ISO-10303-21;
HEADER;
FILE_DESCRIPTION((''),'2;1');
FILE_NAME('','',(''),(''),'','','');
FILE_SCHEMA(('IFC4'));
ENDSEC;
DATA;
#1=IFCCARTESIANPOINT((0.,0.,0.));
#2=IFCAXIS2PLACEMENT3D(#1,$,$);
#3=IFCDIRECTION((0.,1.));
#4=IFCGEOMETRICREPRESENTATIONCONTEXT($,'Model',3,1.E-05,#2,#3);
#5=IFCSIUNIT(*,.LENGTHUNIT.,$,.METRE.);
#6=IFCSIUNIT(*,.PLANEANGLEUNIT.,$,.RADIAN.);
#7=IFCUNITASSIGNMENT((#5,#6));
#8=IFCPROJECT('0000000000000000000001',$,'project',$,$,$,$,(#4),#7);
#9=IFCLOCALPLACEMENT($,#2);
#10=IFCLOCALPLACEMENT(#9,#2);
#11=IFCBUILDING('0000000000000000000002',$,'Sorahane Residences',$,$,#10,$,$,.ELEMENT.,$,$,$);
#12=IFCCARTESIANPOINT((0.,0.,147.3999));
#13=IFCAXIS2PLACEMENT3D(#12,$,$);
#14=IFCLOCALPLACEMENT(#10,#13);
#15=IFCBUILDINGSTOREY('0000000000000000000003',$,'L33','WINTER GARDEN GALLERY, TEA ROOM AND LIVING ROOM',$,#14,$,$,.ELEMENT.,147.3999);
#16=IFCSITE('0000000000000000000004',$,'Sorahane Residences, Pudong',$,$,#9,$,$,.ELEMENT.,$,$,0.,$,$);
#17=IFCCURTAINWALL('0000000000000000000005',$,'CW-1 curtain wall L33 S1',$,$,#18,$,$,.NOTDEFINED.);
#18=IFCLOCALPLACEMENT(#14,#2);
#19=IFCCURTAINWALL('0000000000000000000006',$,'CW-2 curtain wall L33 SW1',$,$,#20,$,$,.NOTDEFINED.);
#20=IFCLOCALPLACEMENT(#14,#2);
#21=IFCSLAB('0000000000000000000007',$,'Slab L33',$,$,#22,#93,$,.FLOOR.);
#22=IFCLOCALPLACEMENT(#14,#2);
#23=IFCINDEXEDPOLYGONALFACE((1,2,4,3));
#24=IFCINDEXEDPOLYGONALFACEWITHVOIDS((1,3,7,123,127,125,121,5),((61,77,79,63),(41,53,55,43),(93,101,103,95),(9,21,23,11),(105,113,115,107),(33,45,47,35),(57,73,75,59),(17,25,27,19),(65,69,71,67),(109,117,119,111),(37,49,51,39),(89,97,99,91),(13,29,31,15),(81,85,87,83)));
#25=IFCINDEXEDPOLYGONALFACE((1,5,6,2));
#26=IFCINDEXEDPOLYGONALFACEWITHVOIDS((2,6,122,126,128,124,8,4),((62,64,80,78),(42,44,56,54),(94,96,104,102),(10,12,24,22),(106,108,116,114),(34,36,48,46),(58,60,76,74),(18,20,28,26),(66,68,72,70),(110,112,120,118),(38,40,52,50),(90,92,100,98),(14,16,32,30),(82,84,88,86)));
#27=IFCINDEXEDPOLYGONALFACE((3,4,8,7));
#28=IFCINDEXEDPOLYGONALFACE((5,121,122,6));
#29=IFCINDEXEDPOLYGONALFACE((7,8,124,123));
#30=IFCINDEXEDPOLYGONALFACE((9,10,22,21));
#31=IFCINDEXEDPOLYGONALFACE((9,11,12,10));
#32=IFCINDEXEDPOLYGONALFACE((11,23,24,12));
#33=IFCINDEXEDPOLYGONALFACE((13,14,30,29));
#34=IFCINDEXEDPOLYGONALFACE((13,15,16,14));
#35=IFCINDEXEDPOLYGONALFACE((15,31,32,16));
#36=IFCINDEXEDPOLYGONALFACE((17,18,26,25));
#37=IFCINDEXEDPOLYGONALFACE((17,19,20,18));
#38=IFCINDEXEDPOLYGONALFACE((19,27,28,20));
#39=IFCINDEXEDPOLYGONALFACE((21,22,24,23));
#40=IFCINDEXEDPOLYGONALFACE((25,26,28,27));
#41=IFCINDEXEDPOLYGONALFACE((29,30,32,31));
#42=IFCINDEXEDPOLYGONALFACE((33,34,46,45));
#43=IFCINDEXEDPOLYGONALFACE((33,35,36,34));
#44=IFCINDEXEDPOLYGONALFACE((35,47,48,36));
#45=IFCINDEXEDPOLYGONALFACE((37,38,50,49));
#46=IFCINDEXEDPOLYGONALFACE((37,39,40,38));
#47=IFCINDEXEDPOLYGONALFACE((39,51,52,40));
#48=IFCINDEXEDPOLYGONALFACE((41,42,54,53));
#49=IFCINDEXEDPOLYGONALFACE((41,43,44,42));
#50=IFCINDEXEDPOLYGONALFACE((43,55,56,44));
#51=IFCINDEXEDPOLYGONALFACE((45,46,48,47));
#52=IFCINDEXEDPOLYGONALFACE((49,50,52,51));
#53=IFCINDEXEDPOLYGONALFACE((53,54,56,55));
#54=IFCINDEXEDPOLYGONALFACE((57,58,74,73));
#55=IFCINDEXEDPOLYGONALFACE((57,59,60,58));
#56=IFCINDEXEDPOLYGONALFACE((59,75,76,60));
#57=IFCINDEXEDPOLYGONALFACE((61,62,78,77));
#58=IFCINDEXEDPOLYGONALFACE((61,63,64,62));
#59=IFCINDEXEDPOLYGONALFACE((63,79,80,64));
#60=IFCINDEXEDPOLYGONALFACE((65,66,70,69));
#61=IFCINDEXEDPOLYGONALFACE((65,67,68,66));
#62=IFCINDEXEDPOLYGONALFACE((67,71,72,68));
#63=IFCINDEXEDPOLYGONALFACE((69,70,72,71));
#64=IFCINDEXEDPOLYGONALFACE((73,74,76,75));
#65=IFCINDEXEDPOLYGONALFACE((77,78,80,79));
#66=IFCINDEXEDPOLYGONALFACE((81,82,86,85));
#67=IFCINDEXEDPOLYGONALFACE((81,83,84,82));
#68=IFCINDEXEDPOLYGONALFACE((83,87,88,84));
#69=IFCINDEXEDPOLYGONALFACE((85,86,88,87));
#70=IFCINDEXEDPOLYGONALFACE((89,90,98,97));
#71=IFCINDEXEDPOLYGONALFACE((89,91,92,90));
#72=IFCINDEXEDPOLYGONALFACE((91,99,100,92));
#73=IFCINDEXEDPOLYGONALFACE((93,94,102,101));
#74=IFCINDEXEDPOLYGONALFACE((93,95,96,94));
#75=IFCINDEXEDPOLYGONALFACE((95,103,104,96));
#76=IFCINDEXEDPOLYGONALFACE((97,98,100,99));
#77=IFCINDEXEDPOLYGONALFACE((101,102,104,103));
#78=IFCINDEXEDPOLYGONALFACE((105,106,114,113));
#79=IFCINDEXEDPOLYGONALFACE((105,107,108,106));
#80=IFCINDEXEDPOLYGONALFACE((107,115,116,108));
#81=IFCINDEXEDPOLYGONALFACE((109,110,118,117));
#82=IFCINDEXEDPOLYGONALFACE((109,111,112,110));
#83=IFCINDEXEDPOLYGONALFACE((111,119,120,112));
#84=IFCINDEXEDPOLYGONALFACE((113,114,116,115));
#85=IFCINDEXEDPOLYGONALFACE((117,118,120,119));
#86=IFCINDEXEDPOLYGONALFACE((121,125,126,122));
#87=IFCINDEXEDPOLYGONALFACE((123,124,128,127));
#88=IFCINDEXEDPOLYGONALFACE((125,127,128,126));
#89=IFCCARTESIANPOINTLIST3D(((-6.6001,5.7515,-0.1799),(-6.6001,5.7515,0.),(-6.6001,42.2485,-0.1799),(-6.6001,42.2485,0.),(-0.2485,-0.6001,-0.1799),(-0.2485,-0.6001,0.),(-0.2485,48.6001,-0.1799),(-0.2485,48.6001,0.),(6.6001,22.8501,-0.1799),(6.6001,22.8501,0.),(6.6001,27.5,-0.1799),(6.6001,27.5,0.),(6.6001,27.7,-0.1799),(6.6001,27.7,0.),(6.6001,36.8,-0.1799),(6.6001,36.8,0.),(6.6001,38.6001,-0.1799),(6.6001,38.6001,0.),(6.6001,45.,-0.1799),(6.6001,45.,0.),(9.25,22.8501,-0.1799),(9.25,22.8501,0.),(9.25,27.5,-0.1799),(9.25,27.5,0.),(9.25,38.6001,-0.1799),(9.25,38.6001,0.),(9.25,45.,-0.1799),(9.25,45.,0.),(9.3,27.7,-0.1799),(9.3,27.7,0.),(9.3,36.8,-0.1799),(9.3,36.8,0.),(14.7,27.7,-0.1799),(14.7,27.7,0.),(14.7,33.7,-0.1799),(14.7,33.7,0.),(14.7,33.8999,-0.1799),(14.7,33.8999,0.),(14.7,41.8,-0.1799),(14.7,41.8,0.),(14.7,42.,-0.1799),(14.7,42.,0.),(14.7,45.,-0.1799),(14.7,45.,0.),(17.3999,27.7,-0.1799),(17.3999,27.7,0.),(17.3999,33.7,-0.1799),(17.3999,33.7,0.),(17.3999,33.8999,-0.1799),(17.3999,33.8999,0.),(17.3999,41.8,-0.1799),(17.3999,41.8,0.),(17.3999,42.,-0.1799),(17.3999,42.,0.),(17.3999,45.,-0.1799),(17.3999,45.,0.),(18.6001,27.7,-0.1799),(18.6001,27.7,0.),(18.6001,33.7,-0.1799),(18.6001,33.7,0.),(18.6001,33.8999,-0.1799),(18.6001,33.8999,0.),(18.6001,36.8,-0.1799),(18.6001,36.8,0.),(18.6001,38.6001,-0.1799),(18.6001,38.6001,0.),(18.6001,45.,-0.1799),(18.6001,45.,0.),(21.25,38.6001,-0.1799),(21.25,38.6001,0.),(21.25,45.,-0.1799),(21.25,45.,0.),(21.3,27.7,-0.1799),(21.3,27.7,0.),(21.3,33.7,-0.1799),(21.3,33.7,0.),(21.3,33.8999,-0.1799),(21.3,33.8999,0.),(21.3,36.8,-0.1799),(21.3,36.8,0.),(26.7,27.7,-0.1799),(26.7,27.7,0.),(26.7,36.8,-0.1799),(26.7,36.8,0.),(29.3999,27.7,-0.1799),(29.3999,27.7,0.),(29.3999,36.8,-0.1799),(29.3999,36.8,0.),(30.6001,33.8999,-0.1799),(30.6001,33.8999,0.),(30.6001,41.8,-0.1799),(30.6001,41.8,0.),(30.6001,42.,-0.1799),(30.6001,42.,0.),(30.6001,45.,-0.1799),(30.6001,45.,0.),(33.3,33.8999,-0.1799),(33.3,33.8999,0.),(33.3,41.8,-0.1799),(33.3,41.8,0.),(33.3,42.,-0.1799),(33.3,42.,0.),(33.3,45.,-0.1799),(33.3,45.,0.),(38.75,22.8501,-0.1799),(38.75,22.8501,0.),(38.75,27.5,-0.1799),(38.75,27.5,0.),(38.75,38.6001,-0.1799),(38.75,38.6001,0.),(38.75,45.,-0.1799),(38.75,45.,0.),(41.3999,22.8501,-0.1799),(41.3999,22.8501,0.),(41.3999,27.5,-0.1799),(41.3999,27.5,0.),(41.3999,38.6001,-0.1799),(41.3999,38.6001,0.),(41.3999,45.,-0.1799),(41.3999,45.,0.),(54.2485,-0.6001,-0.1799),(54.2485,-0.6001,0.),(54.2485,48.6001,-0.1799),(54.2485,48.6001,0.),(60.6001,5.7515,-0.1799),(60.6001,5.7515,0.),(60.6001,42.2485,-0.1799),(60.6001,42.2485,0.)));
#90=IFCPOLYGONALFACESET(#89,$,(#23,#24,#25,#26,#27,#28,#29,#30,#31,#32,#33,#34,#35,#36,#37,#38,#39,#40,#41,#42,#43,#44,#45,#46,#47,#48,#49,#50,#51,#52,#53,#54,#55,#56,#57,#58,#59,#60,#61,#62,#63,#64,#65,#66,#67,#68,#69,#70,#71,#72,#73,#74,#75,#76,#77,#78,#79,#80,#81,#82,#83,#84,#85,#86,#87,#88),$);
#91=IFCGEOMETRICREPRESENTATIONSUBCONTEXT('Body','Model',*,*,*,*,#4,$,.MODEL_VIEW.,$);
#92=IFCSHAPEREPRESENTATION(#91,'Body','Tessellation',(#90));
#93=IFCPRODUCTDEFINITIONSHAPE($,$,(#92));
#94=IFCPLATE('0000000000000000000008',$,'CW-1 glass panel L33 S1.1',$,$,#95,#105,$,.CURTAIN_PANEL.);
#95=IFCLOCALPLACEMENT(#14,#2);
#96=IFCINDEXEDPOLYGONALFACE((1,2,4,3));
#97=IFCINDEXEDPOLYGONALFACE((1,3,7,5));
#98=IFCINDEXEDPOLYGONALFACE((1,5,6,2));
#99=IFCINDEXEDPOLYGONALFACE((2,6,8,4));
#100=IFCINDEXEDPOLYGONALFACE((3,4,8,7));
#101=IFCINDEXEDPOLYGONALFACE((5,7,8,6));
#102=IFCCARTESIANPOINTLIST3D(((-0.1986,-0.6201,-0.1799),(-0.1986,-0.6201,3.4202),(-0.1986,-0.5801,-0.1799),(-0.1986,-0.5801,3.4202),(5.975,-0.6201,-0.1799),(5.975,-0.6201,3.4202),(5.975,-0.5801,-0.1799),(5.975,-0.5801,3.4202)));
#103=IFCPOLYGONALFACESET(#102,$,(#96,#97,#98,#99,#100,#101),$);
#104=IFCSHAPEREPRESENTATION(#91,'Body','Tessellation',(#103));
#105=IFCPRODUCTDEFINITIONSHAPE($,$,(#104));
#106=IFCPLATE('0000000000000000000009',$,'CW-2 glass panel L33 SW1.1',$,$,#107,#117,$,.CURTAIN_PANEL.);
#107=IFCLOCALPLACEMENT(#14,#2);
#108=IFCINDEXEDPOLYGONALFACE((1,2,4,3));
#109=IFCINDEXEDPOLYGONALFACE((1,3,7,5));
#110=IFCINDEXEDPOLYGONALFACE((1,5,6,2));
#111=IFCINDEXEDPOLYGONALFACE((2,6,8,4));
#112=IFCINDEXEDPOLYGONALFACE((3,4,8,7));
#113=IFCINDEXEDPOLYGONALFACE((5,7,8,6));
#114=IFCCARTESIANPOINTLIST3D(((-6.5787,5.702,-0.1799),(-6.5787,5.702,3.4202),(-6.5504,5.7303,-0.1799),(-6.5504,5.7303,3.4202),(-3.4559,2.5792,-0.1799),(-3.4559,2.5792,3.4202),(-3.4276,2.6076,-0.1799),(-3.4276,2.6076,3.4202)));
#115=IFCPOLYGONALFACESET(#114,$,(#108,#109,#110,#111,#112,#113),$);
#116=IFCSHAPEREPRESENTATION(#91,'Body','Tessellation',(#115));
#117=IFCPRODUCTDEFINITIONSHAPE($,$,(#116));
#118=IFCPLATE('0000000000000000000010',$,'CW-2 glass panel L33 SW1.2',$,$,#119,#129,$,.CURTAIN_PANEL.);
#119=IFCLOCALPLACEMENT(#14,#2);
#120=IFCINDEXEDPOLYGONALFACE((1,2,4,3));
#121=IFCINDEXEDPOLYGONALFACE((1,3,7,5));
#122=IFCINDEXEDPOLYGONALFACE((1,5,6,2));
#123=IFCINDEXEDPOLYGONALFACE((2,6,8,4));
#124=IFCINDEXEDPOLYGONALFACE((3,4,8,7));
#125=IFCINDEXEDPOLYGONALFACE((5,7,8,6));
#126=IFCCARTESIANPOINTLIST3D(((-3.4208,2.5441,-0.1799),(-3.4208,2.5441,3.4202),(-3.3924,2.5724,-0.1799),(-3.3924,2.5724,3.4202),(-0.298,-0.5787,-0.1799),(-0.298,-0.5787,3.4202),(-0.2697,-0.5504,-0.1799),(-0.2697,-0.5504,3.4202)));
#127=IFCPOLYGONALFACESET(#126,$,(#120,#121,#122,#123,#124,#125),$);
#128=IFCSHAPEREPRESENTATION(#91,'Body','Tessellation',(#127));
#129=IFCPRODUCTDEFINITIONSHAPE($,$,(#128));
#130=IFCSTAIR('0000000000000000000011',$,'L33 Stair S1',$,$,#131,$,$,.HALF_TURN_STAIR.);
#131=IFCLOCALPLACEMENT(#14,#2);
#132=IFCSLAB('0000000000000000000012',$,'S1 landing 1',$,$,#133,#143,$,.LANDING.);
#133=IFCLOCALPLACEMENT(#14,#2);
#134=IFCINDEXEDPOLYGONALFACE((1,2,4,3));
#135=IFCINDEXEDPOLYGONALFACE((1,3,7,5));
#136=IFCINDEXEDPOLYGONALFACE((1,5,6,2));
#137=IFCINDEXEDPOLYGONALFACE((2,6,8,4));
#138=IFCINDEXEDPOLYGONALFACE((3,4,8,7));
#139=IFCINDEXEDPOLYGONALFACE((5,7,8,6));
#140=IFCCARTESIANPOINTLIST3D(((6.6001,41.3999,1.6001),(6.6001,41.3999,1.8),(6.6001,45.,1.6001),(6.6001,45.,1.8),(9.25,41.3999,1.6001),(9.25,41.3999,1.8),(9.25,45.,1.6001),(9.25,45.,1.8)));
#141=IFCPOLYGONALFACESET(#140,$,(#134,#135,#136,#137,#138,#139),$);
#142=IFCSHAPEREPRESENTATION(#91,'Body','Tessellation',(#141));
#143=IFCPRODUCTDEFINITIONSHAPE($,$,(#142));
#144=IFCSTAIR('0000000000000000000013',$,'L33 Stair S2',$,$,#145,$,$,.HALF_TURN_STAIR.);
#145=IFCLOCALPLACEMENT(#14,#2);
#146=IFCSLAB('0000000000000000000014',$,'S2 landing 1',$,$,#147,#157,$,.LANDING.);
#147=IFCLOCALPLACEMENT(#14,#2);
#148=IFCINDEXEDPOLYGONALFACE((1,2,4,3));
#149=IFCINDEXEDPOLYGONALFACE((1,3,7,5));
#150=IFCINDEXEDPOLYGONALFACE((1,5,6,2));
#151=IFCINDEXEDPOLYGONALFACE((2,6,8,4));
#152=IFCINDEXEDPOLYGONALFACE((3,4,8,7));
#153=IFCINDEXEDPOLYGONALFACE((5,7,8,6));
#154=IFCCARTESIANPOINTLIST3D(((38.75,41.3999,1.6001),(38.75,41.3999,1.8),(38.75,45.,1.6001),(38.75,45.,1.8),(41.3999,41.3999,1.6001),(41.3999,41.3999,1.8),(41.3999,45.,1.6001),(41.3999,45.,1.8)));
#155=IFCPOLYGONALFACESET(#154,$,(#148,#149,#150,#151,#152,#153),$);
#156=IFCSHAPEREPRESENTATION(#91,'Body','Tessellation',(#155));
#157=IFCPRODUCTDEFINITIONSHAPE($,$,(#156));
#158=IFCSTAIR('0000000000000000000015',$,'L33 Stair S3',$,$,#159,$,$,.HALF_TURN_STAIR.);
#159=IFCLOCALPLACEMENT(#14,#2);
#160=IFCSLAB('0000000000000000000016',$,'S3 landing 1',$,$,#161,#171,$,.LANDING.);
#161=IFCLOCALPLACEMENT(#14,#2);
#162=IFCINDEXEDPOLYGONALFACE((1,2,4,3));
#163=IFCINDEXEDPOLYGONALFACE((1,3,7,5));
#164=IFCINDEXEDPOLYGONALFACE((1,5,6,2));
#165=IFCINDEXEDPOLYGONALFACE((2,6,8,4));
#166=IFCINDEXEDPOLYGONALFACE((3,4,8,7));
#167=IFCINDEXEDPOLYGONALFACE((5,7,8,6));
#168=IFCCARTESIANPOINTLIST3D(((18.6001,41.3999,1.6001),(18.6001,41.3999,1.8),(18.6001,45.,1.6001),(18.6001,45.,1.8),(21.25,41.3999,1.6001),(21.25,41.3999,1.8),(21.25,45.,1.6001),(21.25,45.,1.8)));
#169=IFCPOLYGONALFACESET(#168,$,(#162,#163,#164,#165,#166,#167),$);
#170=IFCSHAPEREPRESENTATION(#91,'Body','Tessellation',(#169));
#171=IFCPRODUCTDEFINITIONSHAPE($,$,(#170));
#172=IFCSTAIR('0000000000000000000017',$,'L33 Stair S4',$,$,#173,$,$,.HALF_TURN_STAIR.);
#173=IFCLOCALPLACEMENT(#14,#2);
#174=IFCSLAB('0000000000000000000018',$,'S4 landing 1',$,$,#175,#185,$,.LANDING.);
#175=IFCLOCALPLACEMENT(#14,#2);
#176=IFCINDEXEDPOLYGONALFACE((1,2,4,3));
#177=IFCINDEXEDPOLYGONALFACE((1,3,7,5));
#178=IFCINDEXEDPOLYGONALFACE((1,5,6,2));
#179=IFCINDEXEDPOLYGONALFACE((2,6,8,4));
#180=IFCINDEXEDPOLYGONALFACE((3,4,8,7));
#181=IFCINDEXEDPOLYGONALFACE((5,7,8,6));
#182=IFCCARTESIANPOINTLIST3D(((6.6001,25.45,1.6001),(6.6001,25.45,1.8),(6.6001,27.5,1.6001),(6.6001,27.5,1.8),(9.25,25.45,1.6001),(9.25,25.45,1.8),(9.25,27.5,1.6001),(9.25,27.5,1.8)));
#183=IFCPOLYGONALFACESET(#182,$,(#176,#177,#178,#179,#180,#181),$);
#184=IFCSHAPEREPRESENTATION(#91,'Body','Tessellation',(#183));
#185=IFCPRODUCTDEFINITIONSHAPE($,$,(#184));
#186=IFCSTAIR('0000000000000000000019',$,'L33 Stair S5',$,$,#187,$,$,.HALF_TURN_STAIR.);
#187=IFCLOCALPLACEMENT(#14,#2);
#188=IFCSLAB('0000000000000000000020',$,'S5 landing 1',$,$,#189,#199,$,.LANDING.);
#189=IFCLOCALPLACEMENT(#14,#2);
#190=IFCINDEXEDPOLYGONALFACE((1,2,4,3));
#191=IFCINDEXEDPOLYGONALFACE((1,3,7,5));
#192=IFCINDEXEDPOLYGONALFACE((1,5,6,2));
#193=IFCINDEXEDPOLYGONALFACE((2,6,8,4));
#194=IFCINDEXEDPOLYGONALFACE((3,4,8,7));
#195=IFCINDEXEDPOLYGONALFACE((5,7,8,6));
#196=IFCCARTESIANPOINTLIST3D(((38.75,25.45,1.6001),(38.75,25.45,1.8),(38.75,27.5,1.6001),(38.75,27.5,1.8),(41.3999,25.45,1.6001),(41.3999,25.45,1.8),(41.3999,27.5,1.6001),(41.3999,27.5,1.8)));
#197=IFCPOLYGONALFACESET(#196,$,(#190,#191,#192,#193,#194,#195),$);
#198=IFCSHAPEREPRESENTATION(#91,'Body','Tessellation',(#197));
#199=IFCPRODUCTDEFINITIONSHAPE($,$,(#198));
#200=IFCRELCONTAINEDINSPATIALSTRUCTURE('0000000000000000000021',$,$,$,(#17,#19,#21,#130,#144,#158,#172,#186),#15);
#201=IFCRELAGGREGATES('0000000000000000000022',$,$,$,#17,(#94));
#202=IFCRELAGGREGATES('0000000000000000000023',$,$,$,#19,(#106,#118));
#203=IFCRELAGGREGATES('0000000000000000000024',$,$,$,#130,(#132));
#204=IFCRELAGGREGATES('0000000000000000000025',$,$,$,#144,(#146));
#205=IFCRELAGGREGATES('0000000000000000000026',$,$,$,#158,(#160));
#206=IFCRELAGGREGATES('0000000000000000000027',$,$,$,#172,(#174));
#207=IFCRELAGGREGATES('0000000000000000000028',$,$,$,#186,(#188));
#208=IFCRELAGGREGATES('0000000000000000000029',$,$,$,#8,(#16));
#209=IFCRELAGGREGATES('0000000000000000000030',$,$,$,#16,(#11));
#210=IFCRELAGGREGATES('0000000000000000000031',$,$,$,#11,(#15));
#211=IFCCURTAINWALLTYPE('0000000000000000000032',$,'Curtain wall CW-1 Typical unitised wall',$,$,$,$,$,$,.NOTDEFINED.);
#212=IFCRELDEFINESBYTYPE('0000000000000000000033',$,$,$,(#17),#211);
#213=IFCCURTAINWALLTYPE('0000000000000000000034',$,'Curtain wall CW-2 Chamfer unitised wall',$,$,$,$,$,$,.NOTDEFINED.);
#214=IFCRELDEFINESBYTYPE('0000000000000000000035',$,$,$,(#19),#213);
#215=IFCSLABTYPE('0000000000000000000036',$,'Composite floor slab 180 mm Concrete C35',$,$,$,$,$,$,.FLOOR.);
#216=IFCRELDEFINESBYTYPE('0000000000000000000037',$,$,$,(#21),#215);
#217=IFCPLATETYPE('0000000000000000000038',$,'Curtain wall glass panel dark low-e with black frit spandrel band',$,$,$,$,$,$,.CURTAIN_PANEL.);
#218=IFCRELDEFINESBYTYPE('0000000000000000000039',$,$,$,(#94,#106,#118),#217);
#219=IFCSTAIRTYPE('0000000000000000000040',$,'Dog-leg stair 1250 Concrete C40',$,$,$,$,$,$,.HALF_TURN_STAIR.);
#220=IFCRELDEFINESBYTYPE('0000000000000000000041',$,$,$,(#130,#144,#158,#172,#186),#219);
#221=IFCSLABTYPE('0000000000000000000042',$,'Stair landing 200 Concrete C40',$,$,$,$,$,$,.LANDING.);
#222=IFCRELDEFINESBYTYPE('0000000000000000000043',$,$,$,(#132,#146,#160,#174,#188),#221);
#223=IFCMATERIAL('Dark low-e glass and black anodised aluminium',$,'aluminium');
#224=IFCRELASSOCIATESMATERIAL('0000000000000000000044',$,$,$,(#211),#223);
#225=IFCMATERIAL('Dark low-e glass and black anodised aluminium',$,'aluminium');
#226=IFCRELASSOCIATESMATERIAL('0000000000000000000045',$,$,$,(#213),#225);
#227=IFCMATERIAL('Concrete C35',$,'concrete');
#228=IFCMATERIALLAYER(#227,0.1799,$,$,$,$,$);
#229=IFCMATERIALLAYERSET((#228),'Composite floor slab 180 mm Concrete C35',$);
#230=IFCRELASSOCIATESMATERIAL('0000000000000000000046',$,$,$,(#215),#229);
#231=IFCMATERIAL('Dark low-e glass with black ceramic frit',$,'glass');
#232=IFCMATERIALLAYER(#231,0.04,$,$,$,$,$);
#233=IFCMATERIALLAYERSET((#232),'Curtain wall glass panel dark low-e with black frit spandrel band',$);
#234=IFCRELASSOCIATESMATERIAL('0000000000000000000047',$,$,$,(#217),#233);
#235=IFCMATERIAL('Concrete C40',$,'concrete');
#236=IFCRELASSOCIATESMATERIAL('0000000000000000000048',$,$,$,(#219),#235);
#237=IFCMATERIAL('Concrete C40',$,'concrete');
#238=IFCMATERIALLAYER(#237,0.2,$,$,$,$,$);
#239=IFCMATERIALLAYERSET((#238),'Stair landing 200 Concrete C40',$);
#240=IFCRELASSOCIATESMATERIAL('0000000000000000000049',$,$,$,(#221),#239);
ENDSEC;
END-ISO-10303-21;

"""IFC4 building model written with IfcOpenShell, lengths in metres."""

from ifc_helpers import new_model, si_unit, direction, frame, origin, origin_2d, place, context, subcontext, project, spatial, polyline, rectangle, outline, extrude, material, layer, layer_set, type_object, element, aggregate, save


model = new_model("IFC4")

# Units and contexts
model_context = context("Model", 3, precision=1e-05, world=origin(), true_north=direction((0.0, 1.0)))
body_context = subcontext(model_context, "Body", "Model", "MODEL_VIEW")
ifc_project = project(units=[si_unit("LENGTHUNIT", "METRE"), si_unit("PLANEANGLEUNIT", "RADIAN")], contexts=[model_context])

# Site, building, storey
site_placement = place(None, origin())
site = spatial("IfcSite", under=ifc_project, at=site_placement, Name="Sorahane Residences, Pudong", CompositionType="ELEMENT", RefElevation=0.0)
building_placement = place(site_placement, origin())
building = spatial("IfcBuilding", under=site, at=building_placement, Name="Sorahane Residences", CompositionType="ELEMENT")
storey_placement = place(building_placement, frame((0.0, 0.0, 147.3999)))
storey = spatial("IfcBuildingStorey", under=building, at=storey_placement, Name="L33", Description="WINTER GARDEN GALLERY, TEA ROOM AND LIVING ROOM", CompositionType="ELEMENT", Elevation=147.3999)

# Curtain wall
ifc_material_1 = material(Name="Dark low-e glass and black anodised aluminium", Category="aluminium")
curtain_wall_type_1 = type_object("IfcCurtainWallType", Name="Curtain wall CW-1 Typical unitised wall", PredefinedType="NOTDEFINED", material=ifc_material_1)
curtain_wall_1_placement = place(storey_placement, origin())
curtain_wall_1 = element("IfcCurtainWall", 1, at=curtain_wall_1_placement, inside=storey, type_object=curtain_wall_type_1, Name="CW-1 curtain wall L33 S1", PredefinedType="NOTDEFINED")

# Curtain wall
ifc_material_2 = material(Name="Dark low-e glass and black anodised aluminium", Category="aluminium")
curtain_wall_type_2 = type_object("IfcCurtainWallType", Name="Curtain wall CW-2 Chamfer unitised wall", PredefinedType="NOTDEFINED", material=ifc_material_2)
curtain_wall_2_placement = place(storey_placement, origin())
curtain_wall_2 = element("IfcCurtainWall", 2, at=curtain_wall_2_placement, inside=storey, type_object=curtain_wall_type_2, Name="CW-2 curtain wall L33 SW1", PredefinedType="NOTDEFINED")

# Slab
ifc_material_3 = material(Name="Concrete C35", Category="concrete")
ifc_layer_1 = layer(ifc_material_3, 0.1799)
ifc_layer_set_1 = layer_set([ifc_layer_1], Name="Composite floor slab 180 mm Concrete C35")
slab_type_1 = type_object("IfcSlabType", Name="Composite floor slab 180 mm Concrete C35", PredefinedType="FLOOR", material=ifc_layer_set_1)
slab_1_placement = place(storey_placement, frame((0.0, 0.0, -0.1799)))
element("IfcSlab", 3, at=slab_1_placement, inside=storey, type_object=slab_type_1, Name="Slab L33", PredefinedType="FLOOR", context=body_context, shape_type="SweptSolid", body=[
    extrude(outline(polyline([(-0.2485, -0.6001), (-6.6001, 5.7515), (-6.6001, 42.2485), (-0.2485, 48.6001), (54.2485, 48.6001), (60.6001, 42.2485), (60.6001, 5.7515), (54.2485, -0.6001), (-0.2485, -0.6001)]), holes=[polyline([(18.6001, 27.7), (21.3, 27.7), (21.3, 33.7), (18.6001, 33.7), (18.6001, 27.7)]), polyline([(30.6001, 42.0), (33.3, 42.0), (33.3, 45.0), (30.6001, 45.0), (30.6001, 42.0)]), polyline([(14.7, 27.7), (17.3999, 27.7), (17.3999, 33.7), (14.7, 33.7), (14.7, 27.7)]), polyline([(14.7, 42.0), (17.3999, 42.0), (17.3999, 45.0), (14.7, 45.0), (14.7, 42.0)]), polyline([(6.6001, 27.7), (9.3, 27.7), (9.3, 36.8), (6.6001, 36.8), (6.6001, 27.7)]), polyline([(9.25, 38.6001), (9.25, 45.0), (6.6001, 45.0), (6.6001, 38.6001), (9.25, 38.6001)]), polyline([(41.3999, 38.6001), (41.3999, 45.0), (38.75, 45.0), (38.75, 38.6001), (41.3999, 38.6001)]), polyline([(21.25, 38.6001), (21.25, 45.0), (18.6001, 45.0), (18.6001, 38.6001), (21.25, 38.6001)]), polyline([(9.25, 22.8501), (9.25, 27.5), (6.6001, 27.5), (6.6001, 22.8501), (9.25, 22.8501)]), polyline([(41.3999, 22.8501), (41.3999, 27.5), (38.75, 27.5), (38.75, 22.8501), (41.3999, 22.8501)]), polyline([(14.7, 33.8999), (17.3999, 33.8999), (17.3999, 41.8), (14.7, 41.8), (14.7, 33.8999)]), polyline([(30.6001, 33.8999), (33.3, 33.8999), (33.3, 41.8), (30.6001, 41.8), (30.6001, 33.8999)]), polyline([(18.6001, 33.8999), (21.3, 33.8999), (21.3, 36.8), (18.6001, 36.8), (18.6001, 33.8999)]), polyline([(26.7, 27.7), (29.3999, 27.7), (29.3999, 36.8), (26.7, 36.8), (26.7, 27.7)])]), origin(), (0.0, 0.0, 1.0), 0.1799),
])

# Plates
ifc_material_4 = material(Name="Dark low-e glass with black ceramic frit", Category="glass")
ifc_layer_2 = layer(ifc_material_4, 0.04)
ifc_layer_set_2 = layer_set([ifc_layer_2], Name="Curtain wall glass panel dark low-e with black frit spandrel band")
plate_type = type_object("IfcPlateType", Name="Curtain wall glass panel dark low-e with black frit spandrel band", PredefinedType="CURTAIN_PANEL", material=ifc_layer_set_2)
plate_1_placement = place(storey_placement, frame((2.8882, -0.6001, -0.1799), z_axis=(0.0, 0.0, 1.0), x_axis=(1.0, 0.0, 0.0)))
plate_1 = element("IfcPlate", 4, at=plate_1_placement, type_object=plate_type, Name="CW-1 glass panel L33 S1.1", PredefinedType="CURTAIN_PANEL", context=body_context, shape_type="SweptSolid", body=[
    extrude(rectangle(XDim=6.1736, YDim=0.04, at=origin_2d()), origin(), (0.0, 0.0, 1.0), 3.6001),
])
aggregate(curtain_wall_1, [plate_1])
plate_2_placement = place(storey_placement, frame((-5.0032, 4.1548, -0.1799), z_axis=(0.0, 0.0, 1.0), x_axis=(0.707107, -0.707107, 0.0)))
plate_2 = element("IfcPlate", 5, at=plate_2_placement, type_object=plate_type, Name="CW-2 glass panel L33 SW1.1", PredefinedType="CURTAIN_PANEL", context=body_context, shape_type="SweptSolid", body=[
    extrude(rectangle(XDim=4.4163, YDim=0.04, at=origin_2d()), origin(), (0.0, 0.0, 1.0), 3.6001),
])
plate_3_placement = place(storey_placement, frame((-1.8452, 0.9968, -0.1799), z_axis=(0.0, 0.0, 1.0), x_axis=(0.707107, -0.707107, 0.0)))
plate_3 = element("IfcPlate", 6, at=plate_3_placement, type_object=plate_type, Name="CW-2 glass panel L33 SW1.2", PredefinedType="CURTAIN_PANEL", context=body_context, shape_type="SweptSolid", body=[
    extrude(rectangle(XDim=4.4163, YDim=0.04, at=origin_2d()), origin(), (0.0, 0.0, 1.0), 3.6001),
])
aggregate(curtain_wall_2, [plate_2, plate_3])

# Stairs, slabs
ifc_material_5 = material(Name="Concrete C40", Category="concrete")
stair_type = type_object("IfcStairType", Name="Dog-leg stair 1250 Concrete C40", PredefinedType="HALF_TURN_STAIR", material=ifc_material_5)
stair_1_placement = place(storey_placement, origin())
stair_1 = element("IfcStair", 7, at=stair_1_placement, inside=storey, type_object=stair_type, Name="L33 Stair S1", PredefinedType="HALF_TURN_STAIR")
ifc_material_6 = material(Name="Concrete C40", Category="concrete")
ifc_layer_3 = layer(ifc_material_6, 0.2)
ifc_layer_set_3 = layer_set([ifc_layer_3], Name="Stair landing 200 Concrete C40")
slab_type_2 = type_object("IfcSlabType", Name="Stair landing 200 Concrete C40", PredefinedType="LANDING", material=ifc_layer_set_3)
slab_2_placement = place(storey_placement, frame((0.0, 0.0, 1.6001)))
slab_2 = element("IfcSlab", 8, at=slab_2_placement, type_object=slab_type_2, Name="S1 landing 1", PredefinedType="LANDING", context=body_context, shape_type="SweptSolid", body=[
    extrude(outline(polyline([(9.25, 41.3999), (9.25, 45.0), (6.6001, 45.0), (6.6001, 41.3999), (9.25, 41.3999)])), origin(), (0.0, 0.0, 1.0), 0.2),
])
aggregate(stair_1, [slab_2])
stair_2_placement = place(storey_placement, origin())
stair_2 = element("IfcStair", 9, at=stair_2_placement, inside=storey, type_object=stair_type, Name="L33 Stair S2", PredefinedType="HALF_TURN_STAIR")
slab_3_placement = place(storey_placement, frame((0.0, 0.0, 1.6001)))
slab_3 = element("IfcSlab", 10, at=slab_3_placement, type_object=slab_type_2, Name="S2 landing 1", PredefinedType="LANDING", context=body_context, shape_type="SweptSolid", body=[
    extrude(outline(polyline([(41.3999, 41.3999), (41.3999, 45.0), (38.75, 45.0), (38.75, 41.3999), (41.3999, 41.3999)])), origin(), (0.0, 0.0, 1.0), 0.2),
])
aggregate(stair_2, [slab_3])
stair_3_placement = place(storey_placement, origin())
stair_3 = element("IfcStair", 11, at=stair_3_placement, inside=storey, type_object=stair_type, Name="L33 Stair S3", PredefinedType="HALF_TURN_STAIR")
slab_4_placement = place(storey_placement, frame((0.0, 0.0, 1.6001)))
slab_4 = element("IfcSlab", 12, at=slab_4_placement, type_object=slab_type_2, Name="S3 landing 1", PredefinedType="LANDING", context=body_context, shape_type="SweptSolid", body=[
    extrude(outline(polyline([(21.25, 41.3999), (21.25, 45.0), (18.6001, 45.0), (18.6001, 41.3999), (21.25, 41.3999)])), origin(), (0.0, 0.0, 1.0), 0.2),
])
aggregate(stair_3, [slab_4])
stair_4_placement = place(storey_placement, origin())
stair_4 = element("IfcStair", 13, at=stair_4_placement, inside=storey, type_object=stair_type, Name="L33 Stair S4", PredefinedType="HALF_TURN_STAIR")
slab_5_placement = place(storey_placement, frame((0.0, 0.0, 1.6001)))
slab_5 = element("IfcSlab", 14, at=slab_5_placement, type_object=slab_type_2, Name="S4 landing 1", PredefinedType="LANDING", context=body_context, shape_type="SweptSolid", body=[
    extrude(outline(polyline([(9.25, 25.45), (9.25, 27.5), (6.6001, 27.5), (6.6001, 25.45), (9.25, 25.45)])), origin(), (0.0, 0.0, 1.0), 0.2),
])
aggregate(stair_4, [slab_5])
stair_5_placement = place(storey_placement, origin())
stair_5 = element("IfcStair", 15, at=stair_5_placement, inside=storey, type_object=stair_type, Name="L33 Stair S5", PredefinedType="HALF_TURN_STAIR")
slab_6_placement = place(storey_placement, frame((0.0, 0.0, 1.6001)))
slab_6 = element("IfcSlab", 16, at=slab_6_placement, type_object=slab_type_2, Name="S5 landing 1", PredefinedType="LANDING", context=body_context, shape_type="SweptSolid", body=[
    extrude(outline(polyline([(41.3999, 25.45), (41.3999, 27.5), (38.75, 27.5), (38.75, 25.45), (41.3999, 25.45)])), origin(), (0.0, 0.0, 1.0), 0.2),
])
aggregate(stair_5, [slab_6])

save(model, "model.ifc")
